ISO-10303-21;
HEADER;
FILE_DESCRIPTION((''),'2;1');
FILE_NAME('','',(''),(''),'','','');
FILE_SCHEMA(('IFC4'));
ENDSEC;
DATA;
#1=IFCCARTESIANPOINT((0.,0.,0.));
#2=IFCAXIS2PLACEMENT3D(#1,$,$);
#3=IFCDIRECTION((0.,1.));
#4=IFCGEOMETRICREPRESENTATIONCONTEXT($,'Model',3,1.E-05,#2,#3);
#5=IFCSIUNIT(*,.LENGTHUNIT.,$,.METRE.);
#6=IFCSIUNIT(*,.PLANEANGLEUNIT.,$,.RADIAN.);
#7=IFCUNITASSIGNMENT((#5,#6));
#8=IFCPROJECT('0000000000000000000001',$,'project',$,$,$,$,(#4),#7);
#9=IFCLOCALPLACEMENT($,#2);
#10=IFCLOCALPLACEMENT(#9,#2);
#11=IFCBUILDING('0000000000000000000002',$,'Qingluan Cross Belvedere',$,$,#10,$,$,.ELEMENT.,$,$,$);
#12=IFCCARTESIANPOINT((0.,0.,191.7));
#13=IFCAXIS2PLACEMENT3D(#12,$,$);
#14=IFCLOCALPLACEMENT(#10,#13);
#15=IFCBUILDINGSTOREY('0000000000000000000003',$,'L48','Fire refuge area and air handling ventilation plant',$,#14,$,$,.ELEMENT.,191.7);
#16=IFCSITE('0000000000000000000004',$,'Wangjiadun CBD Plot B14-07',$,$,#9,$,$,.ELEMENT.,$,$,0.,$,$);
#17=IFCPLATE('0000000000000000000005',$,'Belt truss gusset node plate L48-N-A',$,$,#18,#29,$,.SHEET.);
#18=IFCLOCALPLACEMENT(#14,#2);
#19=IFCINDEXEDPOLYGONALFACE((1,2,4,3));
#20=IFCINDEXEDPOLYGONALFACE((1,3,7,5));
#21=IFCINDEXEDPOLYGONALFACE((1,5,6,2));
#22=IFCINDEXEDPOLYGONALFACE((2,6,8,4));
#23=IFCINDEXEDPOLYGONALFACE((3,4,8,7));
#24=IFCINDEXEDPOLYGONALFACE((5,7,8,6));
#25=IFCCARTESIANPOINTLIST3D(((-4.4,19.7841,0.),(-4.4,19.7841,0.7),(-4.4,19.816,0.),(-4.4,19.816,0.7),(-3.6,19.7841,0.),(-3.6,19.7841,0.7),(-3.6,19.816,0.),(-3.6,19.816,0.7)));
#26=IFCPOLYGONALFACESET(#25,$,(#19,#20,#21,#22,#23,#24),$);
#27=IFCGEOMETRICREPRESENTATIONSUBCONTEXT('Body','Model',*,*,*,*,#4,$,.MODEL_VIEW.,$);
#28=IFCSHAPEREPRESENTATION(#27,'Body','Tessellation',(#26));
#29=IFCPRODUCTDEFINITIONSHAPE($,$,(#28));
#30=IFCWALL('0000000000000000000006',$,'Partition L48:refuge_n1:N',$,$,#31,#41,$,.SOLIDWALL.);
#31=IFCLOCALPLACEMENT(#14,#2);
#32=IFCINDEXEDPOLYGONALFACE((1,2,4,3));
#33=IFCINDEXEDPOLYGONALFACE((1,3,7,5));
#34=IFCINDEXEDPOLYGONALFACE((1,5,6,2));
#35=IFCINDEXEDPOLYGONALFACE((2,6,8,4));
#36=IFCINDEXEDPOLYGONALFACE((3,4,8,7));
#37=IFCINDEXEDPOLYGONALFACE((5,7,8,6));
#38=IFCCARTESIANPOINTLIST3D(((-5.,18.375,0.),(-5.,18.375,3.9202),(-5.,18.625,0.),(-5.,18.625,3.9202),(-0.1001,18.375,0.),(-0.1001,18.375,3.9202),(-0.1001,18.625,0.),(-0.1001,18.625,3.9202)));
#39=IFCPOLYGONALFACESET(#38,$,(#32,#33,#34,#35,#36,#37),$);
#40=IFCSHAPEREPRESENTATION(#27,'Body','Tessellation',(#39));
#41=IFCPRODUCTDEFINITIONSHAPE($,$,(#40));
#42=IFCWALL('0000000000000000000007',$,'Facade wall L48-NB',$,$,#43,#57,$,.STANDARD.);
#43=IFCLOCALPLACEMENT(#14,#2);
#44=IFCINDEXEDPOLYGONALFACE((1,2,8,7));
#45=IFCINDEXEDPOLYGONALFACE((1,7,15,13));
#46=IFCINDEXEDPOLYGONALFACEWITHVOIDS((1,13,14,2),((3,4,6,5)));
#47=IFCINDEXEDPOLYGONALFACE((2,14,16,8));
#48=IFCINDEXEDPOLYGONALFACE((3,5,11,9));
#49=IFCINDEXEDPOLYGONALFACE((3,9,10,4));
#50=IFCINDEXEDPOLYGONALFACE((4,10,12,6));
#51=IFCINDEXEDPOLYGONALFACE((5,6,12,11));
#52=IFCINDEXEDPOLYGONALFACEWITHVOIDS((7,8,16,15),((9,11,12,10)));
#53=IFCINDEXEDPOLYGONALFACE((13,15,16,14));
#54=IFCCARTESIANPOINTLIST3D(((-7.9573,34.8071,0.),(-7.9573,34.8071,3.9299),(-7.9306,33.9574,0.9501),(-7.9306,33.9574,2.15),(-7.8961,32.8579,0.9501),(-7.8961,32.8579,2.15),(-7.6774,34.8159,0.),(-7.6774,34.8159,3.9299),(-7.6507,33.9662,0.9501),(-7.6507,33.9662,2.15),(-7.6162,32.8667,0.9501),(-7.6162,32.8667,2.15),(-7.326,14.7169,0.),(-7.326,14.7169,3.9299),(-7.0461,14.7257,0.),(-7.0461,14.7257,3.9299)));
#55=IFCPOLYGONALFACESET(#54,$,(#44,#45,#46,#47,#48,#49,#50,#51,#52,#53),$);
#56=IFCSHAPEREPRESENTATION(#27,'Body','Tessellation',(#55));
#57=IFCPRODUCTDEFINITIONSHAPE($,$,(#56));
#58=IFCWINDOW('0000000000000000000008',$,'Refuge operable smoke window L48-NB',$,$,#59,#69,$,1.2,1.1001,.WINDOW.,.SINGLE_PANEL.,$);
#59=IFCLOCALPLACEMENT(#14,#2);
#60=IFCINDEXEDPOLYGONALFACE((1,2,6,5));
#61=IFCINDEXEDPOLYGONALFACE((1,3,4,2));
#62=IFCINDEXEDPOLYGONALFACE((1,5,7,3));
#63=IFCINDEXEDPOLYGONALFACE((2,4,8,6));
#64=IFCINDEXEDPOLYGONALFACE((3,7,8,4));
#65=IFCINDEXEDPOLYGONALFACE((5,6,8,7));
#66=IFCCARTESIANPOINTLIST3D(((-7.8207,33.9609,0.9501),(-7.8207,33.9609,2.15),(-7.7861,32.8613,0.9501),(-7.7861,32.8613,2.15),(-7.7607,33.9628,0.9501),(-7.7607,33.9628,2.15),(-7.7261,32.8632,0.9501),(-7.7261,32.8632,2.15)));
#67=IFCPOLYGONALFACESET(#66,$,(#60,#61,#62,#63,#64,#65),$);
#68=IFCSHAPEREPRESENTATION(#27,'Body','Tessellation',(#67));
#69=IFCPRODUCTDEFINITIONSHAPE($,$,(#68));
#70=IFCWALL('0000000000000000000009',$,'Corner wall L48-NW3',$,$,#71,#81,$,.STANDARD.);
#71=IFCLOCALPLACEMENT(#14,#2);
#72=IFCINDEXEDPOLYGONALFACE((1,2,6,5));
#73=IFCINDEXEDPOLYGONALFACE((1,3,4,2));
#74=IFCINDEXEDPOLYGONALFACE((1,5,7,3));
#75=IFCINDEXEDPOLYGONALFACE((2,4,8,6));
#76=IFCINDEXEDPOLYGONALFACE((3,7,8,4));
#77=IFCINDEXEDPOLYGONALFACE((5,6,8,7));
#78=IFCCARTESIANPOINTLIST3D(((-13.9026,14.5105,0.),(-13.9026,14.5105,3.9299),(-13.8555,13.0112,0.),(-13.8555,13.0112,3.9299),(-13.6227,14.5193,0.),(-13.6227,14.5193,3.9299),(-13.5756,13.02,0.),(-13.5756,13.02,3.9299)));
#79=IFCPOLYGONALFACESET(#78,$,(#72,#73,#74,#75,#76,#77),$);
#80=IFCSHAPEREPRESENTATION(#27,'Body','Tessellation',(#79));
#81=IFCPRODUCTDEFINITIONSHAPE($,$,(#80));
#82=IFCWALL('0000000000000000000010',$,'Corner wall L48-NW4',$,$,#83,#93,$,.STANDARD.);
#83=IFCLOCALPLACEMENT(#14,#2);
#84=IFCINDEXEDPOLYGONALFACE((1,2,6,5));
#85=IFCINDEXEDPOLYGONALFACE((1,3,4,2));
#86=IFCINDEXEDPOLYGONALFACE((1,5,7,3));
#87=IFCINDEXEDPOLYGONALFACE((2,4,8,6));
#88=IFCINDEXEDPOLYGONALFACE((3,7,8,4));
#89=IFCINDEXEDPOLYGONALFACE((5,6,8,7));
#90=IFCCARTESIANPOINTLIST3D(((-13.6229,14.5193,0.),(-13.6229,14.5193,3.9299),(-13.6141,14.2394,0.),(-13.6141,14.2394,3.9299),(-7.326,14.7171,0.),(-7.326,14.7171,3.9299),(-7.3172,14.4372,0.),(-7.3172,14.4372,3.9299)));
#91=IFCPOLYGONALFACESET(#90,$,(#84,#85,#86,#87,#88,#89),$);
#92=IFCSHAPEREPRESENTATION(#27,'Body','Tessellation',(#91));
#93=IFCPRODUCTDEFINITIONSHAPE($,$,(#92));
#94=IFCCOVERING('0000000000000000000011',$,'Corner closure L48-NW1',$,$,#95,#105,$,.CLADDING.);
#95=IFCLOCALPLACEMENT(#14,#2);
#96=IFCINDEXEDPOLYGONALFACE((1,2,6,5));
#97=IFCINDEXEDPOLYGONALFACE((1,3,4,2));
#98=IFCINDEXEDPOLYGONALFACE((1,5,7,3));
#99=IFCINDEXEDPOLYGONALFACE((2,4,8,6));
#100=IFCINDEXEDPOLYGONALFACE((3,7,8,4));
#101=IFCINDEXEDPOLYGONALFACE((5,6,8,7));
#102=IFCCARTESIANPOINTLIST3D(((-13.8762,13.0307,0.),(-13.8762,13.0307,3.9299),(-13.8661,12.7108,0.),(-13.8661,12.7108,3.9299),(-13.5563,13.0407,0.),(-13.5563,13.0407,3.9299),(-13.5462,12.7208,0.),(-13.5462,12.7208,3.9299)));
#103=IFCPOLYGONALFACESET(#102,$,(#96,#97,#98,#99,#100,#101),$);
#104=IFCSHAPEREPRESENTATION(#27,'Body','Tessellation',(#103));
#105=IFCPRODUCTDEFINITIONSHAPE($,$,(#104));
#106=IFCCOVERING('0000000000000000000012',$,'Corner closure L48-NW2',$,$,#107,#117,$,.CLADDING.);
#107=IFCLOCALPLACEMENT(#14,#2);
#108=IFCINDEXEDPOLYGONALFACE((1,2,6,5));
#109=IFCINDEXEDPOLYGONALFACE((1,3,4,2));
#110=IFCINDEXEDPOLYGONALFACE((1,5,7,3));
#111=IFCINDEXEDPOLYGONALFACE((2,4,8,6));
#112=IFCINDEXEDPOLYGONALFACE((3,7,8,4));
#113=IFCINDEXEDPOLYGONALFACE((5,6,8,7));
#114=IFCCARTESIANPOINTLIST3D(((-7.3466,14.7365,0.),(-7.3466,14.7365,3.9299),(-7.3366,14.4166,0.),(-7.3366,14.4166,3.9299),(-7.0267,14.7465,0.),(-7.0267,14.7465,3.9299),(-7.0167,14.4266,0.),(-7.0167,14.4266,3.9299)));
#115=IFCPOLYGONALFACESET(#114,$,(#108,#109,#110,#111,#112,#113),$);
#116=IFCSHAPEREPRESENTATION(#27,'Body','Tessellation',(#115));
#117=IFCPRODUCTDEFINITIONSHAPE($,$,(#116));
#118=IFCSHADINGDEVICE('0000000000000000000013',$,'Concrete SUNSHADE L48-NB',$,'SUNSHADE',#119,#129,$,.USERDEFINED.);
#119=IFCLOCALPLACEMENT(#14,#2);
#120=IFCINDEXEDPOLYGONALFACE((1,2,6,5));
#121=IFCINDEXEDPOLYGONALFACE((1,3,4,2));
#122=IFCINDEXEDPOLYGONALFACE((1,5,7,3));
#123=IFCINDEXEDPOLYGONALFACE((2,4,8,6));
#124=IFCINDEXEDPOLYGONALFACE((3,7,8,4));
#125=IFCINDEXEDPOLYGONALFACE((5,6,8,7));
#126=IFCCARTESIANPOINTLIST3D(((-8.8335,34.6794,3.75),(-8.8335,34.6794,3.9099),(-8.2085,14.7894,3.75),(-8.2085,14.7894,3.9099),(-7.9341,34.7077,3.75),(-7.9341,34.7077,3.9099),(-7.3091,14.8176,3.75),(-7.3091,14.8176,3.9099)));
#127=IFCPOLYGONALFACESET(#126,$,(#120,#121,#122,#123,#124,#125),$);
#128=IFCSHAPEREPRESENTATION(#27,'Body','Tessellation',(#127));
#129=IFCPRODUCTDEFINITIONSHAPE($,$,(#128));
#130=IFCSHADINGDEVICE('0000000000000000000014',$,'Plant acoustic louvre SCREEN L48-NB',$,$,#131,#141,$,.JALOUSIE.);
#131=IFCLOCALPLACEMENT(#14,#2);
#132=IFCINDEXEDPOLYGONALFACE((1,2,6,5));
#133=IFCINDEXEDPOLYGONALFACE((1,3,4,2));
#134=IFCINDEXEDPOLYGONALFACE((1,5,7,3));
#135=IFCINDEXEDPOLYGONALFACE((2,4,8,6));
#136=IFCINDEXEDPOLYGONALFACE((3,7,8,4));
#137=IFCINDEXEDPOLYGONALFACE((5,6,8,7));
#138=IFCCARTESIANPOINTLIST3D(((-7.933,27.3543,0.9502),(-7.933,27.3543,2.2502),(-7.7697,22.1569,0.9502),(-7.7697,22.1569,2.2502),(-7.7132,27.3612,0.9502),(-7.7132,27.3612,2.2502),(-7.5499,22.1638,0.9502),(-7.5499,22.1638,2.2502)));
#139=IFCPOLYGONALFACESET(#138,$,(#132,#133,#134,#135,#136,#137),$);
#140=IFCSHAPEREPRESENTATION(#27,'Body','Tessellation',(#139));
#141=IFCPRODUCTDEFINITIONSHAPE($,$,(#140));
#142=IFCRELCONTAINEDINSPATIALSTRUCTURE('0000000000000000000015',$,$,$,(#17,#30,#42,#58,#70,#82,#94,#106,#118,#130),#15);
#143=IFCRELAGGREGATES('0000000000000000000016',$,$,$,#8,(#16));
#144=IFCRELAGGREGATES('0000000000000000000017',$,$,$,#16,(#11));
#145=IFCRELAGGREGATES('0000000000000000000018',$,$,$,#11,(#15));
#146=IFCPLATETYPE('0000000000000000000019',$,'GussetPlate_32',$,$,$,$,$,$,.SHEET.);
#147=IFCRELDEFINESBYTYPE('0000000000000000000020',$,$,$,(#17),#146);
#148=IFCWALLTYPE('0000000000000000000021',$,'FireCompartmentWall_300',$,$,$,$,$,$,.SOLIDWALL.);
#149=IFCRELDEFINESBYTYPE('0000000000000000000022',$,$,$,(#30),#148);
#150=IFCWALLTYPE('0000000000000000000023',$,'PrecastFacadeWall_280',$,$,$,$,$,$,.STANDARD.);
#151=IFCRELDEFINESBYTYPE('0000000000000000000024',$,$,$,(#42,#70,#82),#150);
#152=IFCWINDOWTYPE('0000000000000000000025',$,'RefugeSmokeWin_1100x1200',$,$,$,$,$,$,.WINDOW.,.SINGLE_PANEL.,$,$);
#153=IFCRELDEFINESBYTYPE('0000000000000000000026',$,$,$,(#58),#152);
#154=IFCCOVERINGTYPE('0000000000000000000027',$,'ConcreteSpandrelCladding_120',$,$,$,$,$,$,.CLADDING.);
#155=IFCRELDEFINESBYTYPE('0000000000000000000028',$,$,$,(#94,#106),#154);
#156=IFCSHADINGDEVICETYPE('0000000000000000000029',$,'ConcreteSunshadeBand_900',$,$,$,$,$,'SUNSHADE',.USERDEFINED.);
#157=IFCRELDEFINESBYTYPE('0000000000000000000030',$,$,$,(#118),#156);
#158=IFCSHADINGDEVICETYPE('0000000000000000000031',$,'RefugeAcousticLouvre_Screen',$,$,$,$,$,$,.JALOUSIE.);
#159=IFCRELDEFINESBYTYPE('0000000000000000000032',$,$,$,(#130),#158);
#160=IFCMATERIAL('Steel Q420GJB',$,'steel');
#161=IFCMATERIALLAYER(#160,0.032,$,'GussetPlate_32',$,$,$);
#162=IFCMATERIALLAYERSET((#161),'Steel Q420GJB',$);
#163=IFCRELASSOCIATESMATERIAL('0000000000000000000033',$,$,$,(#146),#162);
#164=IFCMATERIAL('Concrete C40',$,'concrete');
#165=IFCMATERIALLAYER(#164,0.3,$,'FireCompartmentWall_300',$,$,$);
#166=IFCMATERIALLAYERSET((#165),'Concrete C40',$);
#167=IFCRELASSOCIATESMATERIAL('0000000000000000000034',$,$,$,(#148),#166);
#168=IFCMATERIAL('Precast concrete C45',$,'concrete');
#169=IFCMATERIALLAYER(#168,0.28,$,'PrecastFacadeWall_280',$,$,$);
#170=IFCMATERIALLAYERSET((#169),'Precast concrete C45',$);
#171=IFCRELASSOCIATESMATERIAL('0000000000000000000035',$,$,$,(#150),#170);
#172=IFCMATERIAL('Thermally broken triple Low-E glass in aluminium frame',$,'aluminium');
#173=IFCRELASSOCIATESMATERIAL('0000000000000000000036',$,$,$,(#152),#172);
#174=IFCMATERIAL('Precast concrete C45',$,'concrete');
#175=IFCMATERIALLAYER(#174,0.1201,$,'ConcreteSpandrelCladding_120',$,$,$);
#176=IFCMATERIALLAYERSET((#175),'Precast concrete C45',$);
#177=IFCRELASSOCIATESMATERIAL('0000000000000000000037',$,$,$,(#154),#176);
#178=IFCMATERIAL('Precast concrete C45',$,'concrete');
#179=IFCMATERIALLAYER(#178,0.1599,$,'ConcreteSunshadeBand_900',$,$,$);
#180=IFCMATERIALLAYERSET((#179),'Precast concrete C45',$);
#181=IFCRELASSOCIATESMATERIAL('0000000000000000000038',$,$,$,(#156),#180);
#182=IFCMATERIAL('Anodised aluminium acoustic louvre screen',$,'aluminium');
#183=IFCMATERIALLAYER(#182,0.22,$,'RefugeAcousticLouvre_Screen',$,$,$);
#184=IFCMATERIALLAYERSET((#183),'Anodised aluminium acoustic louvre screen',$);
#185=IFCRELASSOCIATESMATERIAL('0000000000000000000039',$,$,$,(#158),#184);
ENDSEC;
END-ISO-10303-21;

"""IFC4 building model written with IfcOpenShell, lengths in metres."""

from ifc_helpers import new_model, si_unit, direction, frame, frame_2d, origin, origin_2d, place, context, subcontext, project, spatial, rectangle, extrude, material, layer, layer_set, type_object, element, fill, save


model = new_model("IFC4")

# Units and contexts
model_context = context("Model", 3, precision=1e-05, world=origin(), true_north=direction((0.0, 1.0)))
body_context = subcontext(model_context, "Body", "Model", "MODEL_VIEW")
ifc_project = project(units=[si_unit("LENGTHUNIT", "METRE"), si_unit("PLANEANGLEUNIT", "RADIAN")], contexts=[model_context])

# Site, building, storey
site_placement = place(None, origin())
site = spatial("IfcSite", under=ifc_project, at=site_placement, Name="Wangjiadun CBD Plot B14-07", CompositionType="ELEMENT", RefElevation=0.0)
building_placement = place(site_placement, origin())
building = spatial("IfcBuilding", under=site, at=building_placement, Name="Qingluan Cross Belvedere", CompositionType="ELEMENT")
storey_placement = place(building_placement, frame((0.0, 0.0, 191.7)))
storey = spatial("IfcBuildingStorey", under=building, at=storey_placement, Name="L48", Description="Fire refuge area and air handling ventilation plant", CompositionType="ELEMENT", Elevation=191.7)

# Plate
ifc_material_1 = material(Name="Steel Q420GJB", Category="steel")
ifc_layer_1 = layer(ifc_material_1, 0.032, Name="GussetPlate_32")
ifc_layer_set_1 = layer_set([ifc_layer_1], Name="Steel Q420GJB")
plate_type = type_object("IfcPlateType", Name="GussetPlate_32", PredefinedType="SHEET", material=ifc_layer_set_1)
plate_placement = place(storey_placement, frame((-4.0, 19.8, 0.0), z_axis=(0.0, 0.0, 1.0), x_axis=(1.0, 0.0, 0.0)))
element("IfcPlate", 1, at=plate_placement, inside=storey, type_object=plate_type, Name="Belt truss gusset node plate L48-N-A", PredefinedType="SHEET", context=body_context, shape_type="SweptSolid", body=[
    extrude(rectangle(XDim=0.8, YDim=0.032, at=origin_2d()), origin(), (0.0, 0.0, 1.0), 0.7),
])

# Wall
ifc_material_2 = material(Name="Concrete C40", Category="concrete")
ifc_layer_2 = layer(ifc_material_2, 0.3, Name="FireCompartmentWall_300")
ifc_layer_set_2 = layer_set([ifc_layer_2], Name="Concrete C40")
wall_type_1 = type_object("IfcWallType", Name="FireCompartmentWall_300", PredefinedType="SOLIDWALL", material=ifc_layer_set_2)
wall_1_placement = place(storey_placement, frame((-5.0, 18.5, 0.0), z_axis=(0.0, 0.0, 1.0), x_axis=(1.0, 0.0, 0.0)))
element("IfcWall", 2, at=wall_1_placement, inside=storey, type_object=wall_type_1, Name="Partition L48:refuge_n1:N", PredefinedType="SOLIDWALL", context=body_context, shape_type="SweptSolid", body=[
    extrude(rectangle(XDim=4.8999, YDim=0.25, at=frame_2d((2.45, 0.0))), origin(), (0.0, 0.0, 1.0), 3.9202),
])

# Wall, opening, window
ifc_material_3 = material(Name="Precast concrete C45", Category="concrete")
ifc_layer_3 = layer(ifc_material_3, 0.28, Name="PrecastFacadeWall_280")
ifc_layer_set_3 = layer_set([ifc_layer_3], Name="Precast concrete C45")
wall_type_2 = type_object("IfcWallType", Name="PrecastFacadeWall_280", PredefinedType="STANDARD", material=ifc_layer_set_3)
wall_2_placement = place(storey_placement, frame((-7.8174, 34.8115, 0.0), z_axis=(0.0, 0.0, 1.0), x_axis=(0.03141, -0.999507, 0.0)))
wall_2 = element("IfcWall", 3, at=wall_2_placement, inside=storey, type_object=wall_type_2, Name="Facade wall L48-NB", PredefinedType="STANDARD", context=body_context, shape_type="SweptSolid", body=[
    extrude(rectangle(XDim=20.1001, YDim=0.28, at=frame_2d((10.05, 0.0))), origin(), (0.0, 0.0, 1.0), 3.9299),
])
opening_placement = place(wall_2_placement, frame((0.8501, 0.0, 0.95)))
opening = element("IfcOpeningElement", 4, at=opening_placement, cuts=wall_2, PredefinedType="OPENING", context=body_context, shape_type="SweptSolid", body=[
    extrude(rectangle(XDim=1.1001, YDim=1.2, at=frame_2d((0.55, 0.6001))), frame((0.0, 0.1499, 0.0), z_axis=(0.0, -1.0, 0.0), x_axis=(1.0, 0.0, 0.0)), (0.0, 0.0, 1.0), 0.3),
])
ifc_material_4 = material(Name="Thermally broken triple Low-E glass in aluminium frame", Category="aluminium")
window_type = type_object("IfcWindowType", Name="RefugeSmokeWin_1100x1200", PartitioningType="SINGLE_PANEL", PredefinedType="WINDOW", material=ifc_material_4)
window_placement = place(opening_placement, origin())
window = element("IfcWindow", 5, at=window_placement, inside=storey, type_object=window_type, Name="Refuge operable smoke window L48-NB", OverallHeight=1.2, OverallWidth=1.1001, PartitioningType="SINGLE_PANEL", PredefinedType="WINDOW", context=body_context, shape_type="SweptSolid", body=[
    extrude(rectangle(XDim=1.1001, YDim=1.2, at=frame_2d((0.55, 0.6001))), frame((0.0, 0.03, 0.0), z_axis=(0.0, -1.0, 0.0), x_axis=(1.0, 0.0, 0.0)), (0.0, 0.0, 1.0), 0.0601),
])
fill(opening, window)

# Walls
wall_3_placement = place(storey_placement, frame((-13.7156, 13.0156, 0.0), z_axis=(0.0, 0.0, 1.0), x_axis=(-0.031413, 0.999507, 0.0)))
element("IfcWall", 6, at=wall_3_placement, inside=storey, type_object=wall_type_2, Name="Corner wall L48-NW3", PredefinedType="STANDARD", context=body_context, shape_type="SweptSolid", body=[
    extrude(rectangle(XDim=1.5, YDim=0.28, at=frame_2d((0.75, 0.0))), origin(), (0.0, 0.0, 1.0), 3.9299),
])
wall_4_placement = place(storey_placement, frame((-13.6184, 14.3794, 0.0), z_axis=(0.0, 0.0, 1.0), x_axis=(0.999507, 0.03139, 0.0)))
element("IfcWall", 7, at=wall_4_placement, inside=storey, type_object=wall_type_2, Name="Corner wall L48-NW4", PredefinedType="STANDARD", context=body_context, shape_type="SweptSolid", body=[
    extrude(rectangle(XDim=6.3, YDim=0.28, at=frame_2d((3.1499, 0.0))), origin(), (0.0, 0.0, 1.0), 3.9299),
])

# Coverings
ifc_material_5 = material(Name="Precast concrete C45", Category="concrete")
ifc_layer_4 = layer(ifc_material_5, 0.1201, Name="ConcreteSpandrelCladding_120")
ifc_layer_set_4 = layer_set([ifc_layer_4], Name="Precast concrete C45")
covering_type = type_object("IfcCoveringType", Name="ConcreteSpandrelCladding_120", PredefinedType="CLADDING", material=ifc_layer_set_4)
for number, where, z_axis, x_axis, name in (
    (8, (-13.7112, 12.8757, 0.0), (0.0, 0.0, 1.0), (0.999507, 0.031411, 0.0), "Corner closure L48-NW1"),
    (9, (-7.1816, 14.5815, 0.0), (0.0, 0.0, 1.0), (0.999507, 0.031411, 0.0), "Corner closure L48-NW2"),
):
    element("IfcCovering", number, at=place(storey_placement, frame(where, z_axis=z_axis, x_axis=x_axis)), inside=storey, type_object=covering_type, Name=name, PredefinedType="CLADDING", context=body_context, shape_type="SweptSolid", body=[
        extrude(rectangle(XDim=0.3201, YDim=0.3201, at=origin_2d()), origin(), (0.0, 0.0, 1.0), 3.9299),
    ])

# Shading devices
ifc_material_6 = material(Name="Precast concrete C45", Category="concrete")
ifc_layer_5 = layer(ifc_material_6, 0.1599, Name="ConcreteSunshadeBand_900")
ifc_layer_set_5 = layer_set([ifc_layer_5], Name="Precast concrete C45")
shading_device_type_1 = type_object("IfcShadingDeviceType", Name="ConcreteSunshadeBand_900", ElementType="SUNSHADE", PredefinedType="USERDEFINED", material=ifc_layer_set_5)
shading_device_1_placement = place(storey_placement, frame((-8.0713, 24.7485, 3.75), z_axis=(0.0, 0.0, 1.0), x_axis=(0.031408, -0.999507, 0.0)))
element("IfcShadingDevice", 10, at=shading_device_1_placement, inside=storey, type_object=shading_device_type_1, Name="Concrete SUNSHADE L48-NB", ObjectType="SUNSHADE", PredefinedType="USERDEFINED", context=body_context, shape_type="SweptSolid", body=[
    extrude(rectangle(XDim=19.8999, YDim=0.8999, at=origin_2d()), origin(), (0.0, 0.0, 1.0), 0.1599),
])
ifc_material_7 = material(Name="Anodised aluminium acoustic louvre screen", Category="aluminium")
ifc_layer_6 = layer(ifc_material_7, 0.22, Name="RefugeAcousticLouvre_Screen")
ifc_layer_set_6 = layer_set([ifc_layer_6], Name="Anodised aluminium acoustic louvre screen")
shading_device_type_2 = type_object("IfcShadingDeviceType", Name="RefugeAcousticLouvre_Screen", PredefinedType="JALOUSIE", material=ifc_layer_set_6)
shading_device_2_placement = place(storey_placement, frame((-7.7415, 24.759, 0.9502), z_axis=(0.0, 0.0, 1.0), x_axis=(0.031408, -0.999507, 0.0)))
element("IfcShadingDevice", 11, at=shading_device_2_placement, inside=storey, type_object=shading_device_type_2, Name="Plant acoustic louvre SCREEN L48-NB", PredefinedType="JALOUSIE", context=body_context, shape_type="SweptSolid", body=[
    extrude(rectangle(XDim=5.2, YDim=0.22, at=origin_2d()), origin(), (0.0, 0.0, 1.0), 1.3),
])

save(model, "model.ifc")
